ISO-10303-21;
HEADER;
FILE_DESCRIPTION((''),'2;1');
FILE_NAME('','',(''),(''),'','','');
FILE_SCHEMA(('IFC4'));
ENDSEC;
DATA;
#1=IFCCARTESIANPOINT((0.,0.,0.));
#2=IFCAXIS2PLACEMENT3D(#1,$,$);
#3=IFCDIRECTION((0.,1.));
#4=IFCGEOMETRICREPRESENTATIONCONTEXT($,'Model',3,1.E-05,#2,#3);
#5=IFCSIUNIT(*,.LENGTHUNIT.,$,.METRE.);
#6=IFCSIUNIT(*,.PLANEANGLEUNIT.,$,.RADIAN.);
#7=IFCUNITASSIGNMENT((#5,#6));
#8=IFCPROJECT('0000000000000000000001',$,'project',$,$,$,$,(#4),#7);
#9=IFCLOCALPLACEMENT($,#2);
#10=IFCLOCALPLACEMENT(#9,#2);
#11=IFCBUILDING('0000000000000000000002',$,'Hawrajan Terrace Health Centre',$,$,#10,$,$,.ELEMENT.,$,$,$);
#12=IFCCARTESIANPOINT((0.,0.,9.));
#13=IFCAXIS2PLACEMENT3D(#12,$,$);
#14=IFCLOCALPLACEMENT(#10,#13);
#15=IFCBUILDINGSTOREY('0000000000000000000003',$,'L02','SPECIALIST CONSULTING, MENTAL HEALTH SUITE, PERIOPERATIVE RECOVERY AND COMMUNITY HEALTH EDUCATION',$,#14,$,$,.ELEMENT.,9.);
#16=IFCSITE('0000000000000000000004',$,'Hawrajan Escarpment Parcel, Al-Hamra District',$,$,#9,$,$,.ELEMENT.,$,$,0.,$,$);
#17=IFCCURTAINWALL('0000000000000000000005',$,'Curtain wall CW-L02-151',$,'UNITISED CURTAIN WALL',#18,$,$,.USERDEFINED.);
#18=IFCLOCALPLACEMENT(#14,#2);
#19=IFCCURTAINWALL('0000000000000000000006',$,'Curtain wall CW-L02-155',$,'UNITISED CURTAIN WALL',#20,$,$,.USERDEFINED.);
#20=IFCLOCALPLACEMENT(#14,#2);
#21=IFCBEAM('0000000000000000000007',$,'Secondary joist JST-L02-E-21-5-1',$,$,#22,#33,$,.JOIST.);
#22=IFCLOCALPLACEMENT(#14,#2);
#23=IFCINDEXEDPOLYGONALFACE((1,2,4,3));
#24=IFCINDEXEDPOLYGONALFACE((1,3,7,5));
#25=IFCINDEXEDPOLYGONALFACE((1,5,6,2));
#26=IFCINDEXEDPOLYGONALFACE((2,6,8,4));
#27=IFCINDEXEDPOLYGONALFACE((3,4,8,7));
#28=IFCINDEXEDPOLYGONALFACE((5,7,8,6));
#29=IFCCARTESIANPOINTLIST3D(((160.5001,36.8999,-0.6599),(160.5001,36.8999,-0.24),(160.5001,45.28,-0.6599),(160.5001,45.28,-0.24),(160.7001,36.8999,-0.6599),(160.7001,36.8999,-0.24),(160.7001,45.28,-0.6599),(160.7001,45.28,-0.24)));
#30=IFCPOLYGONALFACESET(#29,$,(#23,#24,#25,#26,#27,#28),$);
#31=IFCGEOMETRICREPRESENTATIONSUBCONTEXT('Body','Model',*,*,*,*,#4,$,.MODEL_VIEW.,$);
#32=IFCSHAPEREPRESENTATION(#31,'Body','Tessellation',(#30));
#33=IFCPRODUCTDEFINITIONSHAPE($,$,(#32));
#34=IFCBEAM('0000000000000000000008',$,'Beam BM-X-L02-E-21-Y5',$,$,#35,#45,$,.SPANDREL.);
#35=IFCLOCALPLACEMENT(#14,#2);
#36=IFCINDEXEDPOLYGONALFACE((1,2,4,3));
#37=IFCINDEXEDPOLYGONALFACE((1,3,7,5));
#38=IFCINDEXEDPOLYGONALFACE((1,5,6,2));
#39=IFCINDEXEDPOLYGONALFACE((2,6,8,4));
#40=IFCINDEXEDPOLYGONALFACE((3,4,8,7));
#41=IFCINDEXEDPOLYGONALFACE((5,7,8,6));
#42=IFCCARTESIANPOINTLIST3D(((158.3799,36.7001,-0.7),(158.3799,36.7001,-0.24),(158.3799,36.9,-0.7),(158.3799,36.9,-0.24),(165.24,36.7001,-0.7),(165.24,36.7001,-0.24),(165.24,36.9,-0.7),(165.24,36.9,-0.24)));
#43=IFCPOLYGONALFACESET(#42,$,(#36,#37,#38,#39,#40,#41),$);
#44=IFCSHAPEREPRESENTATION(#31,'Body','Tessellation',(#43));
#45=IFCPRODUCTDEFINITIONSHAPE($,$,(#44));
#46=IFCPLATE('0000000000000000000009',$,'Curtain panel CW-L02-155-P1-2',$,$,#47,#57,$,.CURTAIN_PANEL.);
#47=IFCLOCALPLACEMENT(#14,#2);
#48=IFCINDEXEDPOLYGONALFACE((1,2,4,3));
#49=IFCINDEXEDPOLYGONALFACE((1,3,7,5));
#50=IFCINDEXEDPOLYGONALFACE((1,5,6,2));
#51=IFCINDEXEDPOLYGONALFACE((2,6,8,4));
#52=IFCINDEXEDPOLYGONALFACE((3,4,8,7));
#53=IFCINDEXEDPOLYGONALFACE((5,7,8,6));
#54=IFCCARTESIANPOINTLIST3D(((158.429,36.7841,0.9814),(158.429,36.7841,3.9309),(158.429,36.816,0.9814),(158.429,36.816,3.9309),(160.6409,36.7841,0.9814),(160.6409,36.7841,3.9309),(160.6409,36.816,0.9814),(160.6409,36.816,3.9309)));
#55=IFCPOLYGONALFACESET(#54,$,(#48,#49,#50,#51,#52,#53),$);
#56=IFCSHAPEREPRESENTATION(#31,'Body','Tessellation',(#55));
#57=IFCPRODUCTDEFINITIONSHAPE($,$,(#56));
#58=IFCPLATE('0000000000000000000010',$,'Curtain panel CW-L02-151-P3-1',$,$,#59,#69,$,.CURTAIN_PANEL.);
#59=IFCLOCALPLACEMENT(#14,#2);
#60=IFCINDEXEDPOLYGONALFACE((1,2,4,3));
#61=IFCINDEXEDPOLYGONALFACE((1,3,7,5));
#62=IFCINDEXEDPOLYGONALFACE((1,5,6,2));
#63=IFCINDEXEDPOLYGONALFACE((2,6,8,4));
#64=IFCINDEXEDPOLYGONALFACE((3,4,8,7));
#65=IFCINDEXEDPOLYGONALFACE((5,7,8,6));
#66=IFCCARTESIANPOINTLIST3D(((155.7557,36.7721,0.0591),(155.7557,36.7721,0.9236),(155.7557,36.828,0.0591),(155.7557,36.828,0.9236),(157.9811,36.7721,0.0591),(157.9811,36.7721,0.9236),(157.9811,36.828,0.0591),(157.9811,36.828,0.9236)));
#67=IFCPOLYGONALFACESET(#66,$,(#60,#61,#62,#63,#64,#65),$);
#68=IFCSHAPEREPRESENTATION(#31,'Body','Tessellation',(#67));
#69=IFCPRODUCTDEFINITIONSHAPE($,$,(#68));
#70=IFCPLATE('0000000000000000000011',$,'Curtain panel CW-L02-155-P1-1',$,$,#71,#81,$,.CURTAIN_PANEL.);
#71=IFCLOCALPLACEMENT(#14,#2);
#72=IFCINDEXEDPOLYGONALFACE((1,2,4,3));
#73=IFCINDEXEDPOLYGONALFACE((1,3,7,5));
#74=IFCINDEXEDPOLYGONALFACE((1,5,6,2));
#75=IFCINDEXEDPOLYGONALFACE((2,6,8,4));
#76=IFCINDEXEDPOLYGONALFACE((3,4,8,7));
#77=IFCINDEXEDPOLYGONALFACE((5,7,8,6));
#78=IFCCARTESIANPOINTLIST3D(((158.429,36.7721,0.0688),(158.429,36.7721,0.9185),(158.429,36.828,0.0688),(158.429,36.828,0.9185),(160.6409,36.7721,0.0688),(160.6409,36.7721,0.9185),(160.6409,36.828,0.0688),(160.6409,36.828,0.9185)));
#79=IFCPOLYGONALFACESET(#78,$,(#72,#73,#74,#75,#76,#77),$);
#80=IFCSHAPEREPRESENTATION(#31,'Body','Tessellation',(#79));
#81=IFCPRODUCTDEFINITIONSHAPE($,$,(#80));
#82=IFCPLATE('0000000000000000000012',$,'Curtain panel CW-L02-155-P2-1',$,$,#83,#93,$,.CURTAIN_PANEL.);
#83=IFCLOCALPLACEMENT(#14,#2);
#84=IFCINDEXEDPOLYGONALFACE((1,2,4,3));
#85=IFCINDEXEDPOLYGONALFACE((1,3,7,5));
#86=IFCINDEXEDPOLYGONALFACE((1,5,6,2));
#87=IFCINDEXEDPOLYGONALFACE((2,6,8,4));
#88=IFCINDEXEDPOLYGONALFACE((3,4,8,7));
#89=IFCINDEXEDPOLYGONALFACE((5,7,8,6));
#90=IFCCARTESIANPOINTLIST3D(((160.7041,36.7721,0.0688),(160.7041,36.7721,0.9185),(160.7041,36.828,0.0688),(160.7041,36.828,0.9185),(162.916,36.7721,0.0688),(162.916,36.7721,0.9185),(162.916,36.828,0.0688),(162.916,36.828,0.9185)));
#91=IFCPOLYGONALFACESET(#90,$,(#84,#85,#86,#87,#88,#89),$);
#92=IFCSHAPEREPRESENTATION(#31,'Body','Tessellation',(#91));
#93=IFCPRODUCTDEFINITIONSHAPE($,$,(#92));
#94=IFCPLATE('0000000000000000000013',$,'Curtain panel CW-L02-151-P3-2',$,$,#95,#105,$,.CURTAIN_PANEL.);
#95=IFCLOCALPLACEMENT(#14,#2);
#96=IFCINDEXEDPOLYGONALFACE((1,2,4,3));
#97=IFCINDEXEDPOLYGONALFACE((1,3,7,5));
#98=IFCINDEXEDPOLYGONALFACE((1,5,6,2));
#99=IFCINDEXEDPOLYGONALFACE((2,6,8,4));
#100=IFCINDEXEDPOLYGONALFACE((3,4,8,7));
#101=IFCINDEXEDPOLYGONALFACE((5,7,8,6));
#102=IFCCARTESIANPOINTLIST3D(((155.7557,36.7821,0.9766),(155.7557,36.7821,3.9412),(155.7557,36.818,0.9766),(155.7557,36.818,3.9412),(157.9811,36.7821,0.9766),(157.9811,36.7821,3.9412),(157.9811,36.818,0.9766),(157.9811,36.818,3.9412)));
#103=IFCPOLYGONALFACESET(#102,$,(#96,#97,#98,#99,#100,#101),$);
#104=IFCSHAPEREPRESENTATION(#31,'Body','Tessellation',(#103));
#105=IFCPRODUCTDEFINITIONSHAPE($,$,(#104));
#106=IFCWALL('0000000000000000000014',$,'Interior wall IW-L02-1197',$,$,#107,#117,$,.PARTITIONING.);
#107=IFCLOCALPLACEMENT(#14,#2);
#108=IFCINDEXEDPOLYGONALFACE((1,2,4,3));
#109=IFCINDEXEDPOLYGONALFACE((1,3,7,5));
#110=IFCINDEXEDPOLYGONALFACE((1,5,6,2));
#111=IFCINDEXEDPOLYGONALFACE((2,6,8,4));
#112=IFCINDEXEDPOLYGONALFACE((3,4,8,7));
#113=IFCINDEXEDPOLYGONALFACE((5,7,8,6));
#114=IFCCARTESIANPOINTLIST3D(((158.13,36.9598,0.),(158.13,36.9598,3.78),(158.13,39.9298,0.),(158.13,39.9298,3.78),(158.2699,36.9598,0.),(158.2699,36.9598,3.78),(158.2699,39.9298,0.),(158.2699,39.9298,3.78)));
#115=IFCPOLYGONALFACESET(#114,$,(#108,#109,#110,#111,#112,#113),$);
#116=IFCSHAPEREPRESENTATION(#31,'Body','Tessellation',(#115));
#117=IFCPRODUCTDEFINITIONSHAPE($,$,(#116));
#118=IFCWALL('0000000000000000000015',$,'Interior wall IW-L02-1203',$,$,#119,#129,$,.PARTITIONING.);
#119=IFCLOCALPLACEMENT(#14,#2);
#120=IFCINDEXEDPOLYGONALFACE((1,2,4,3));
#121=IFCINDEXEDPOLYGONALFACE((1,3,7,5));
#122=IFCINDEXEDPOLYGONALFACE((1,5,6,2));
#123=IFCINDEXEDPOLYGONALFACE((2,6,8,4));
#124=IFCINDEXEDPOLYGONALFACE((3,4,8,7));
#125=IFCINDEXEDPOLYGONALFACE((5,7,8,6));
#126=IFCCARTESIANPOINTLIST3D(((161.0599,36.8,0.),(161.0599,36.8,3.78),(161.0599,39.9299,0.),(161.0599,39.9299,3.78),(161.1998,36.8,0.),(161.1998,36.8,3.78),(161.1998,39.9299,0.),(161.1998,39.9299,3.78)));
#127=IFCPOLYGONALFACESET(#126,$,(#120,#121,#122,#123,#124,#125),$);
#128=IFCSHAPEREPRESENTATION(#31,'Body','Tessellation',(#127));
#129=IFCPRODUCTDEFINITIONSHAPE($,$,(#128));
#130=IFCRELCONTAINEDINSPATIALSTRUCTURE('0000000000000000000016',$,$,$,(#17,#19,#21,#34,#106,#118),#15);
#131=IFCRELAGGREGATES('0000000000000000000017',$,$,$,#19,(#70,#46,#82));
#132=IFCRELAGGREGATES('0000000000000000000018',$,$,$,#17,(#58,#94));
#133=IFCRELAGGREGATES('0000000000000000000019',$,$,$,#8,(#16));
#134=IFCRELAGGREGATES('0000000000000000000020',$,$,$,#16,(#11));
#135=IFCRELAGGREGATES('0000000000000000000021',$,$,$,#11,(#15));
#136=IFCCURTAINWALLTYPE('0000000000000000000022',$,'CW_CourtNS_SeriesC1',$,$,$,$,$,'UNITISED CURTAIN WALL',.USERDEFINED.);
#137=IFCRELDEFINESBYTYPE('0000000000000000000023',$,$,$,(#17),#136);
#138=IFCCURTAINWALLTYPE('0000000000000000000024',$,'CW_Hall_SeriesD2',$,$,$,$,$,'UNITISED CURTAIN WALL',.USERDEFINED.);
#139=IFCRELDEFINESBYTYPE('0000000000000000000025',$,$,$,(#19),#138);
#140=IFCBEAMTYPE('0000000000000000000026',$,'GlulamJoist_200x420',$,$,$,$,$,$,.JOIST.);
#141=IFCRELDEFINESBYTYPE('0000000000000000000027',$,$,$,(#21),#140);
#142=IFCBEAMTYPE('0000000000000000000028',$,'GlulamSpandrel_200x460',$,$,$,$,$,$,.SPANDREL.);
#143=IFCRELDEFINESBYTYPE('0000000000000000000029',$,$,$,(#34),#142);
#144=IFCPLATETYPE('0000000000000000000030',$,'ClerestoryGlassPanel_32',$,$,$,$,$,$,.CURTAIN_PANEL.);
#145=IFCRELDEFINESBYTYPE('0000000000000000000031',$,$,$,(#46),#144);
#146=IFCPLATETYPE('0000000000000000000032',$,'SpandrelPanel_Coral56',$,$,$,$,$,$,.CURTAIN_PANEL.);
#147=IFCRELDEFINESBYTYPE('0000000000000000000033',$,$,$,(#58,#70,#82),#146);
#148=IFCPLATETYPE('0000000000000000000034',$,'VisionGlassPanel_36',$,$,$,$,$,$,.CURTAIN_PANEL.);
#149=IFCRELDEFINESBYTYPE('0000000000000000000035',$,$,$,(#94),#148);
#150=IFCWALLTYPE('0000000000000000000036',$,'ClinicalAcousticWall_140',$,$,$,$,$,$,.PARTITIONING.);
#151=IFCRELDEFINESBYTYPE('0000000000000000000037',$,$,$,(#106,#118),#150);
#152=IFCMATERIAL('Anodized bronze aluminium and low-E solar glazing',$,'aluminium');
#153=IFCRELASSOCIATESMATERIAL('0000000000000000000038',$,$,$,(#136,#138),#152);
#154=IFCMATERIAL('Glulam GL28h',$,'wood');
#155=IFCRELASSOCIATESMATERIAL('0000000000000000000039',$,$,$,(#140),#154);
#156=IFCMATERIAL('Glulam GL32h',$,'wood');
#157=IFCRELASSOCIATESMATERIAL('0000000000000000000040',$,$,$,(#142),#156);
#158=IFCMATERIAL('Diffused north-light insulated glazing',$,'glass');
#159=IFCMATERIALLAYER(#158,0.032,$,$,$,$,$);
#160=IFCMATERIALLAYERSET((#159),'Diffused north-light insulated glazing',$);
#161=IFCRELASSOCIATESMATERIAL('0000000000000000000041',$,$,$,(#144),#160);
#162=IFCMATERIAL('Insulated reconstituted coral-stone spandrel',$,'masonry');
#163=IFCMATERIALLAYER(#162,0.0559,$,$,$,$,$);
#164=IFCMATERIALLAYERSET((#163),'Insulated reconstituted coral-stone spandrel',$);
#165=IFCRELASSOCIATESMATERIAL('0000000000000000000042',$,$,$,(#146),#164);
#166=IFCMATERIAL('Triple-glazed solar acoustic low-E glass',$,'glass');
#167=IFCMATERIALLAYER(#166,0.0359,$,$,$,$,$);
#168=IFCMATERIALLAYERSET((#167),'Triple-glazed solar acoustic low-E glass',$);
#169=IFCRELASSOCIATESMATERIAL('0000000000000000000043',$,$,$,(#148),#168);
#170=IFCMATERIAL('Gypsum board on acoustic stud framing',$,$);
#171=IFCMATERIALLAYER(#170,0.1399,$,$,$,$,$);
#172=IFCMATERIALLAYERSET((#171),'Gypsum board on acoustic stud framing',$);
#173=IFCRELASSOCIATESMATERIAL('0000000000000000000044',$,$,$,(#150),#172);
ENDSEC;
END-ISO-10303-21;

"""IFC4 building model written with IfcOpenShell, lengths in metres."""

from ifc_helpers import new_model, si_unit, direction, frame, frame_2d, origin, origin_2d, place, context, subcontext, project, spatial, rectangle, extrude, material, layer, layer_set, material_profile, profile_set, type_object, element, aggregate, save


model = new_model("IFC4")

# Units and contexts
model_context = context("Model", 3, precision=1e-05, world=origin(), true_north=direction((0.0, 1.0)))
body_context = subcontext(model_context, "Body", "Model", "MODEL_VIEW")
ifc_project = project(units=[si_unit("LENGTHUNIT", "METRE"), si_unit("PLANEANGLEUNIT", "RADIAN")], contexts=[model_context])

# Site, building, storey
site_placement = place(None, origin())
site = spatial("IfcSite", under=ifc_project, at=site_placement, Name="Hawrajan Escarpment Parcel, Al-Hamra District", CompositionType="ELEMENT", RefElevation=0.0)
building_placement = place(site_placement, origin())
building = spatial("IfcBuilding", under=site, at=building_placement, Name="Hawrajan Terrace Health Centre", CompositionType="ELEMENT")
storey_placement = place(building_placement, frame((0.0, 0.0, 9.0)))
storey = spatial("IfcBuildingStorey", under=building, at=storey_placement, Name="L02", Description="SPECIALIST CONSULTING, MENTAL HEALTH SUITE, PERIOPERATIVE RECOVERY AND COMMUNITY HEALTH EDUCATION", CompositionType="ELEMENT", Elevation=9.0)

# Shared definitions
ifc_material_1 = material(Name="Glulam GL32h", Category="wood")

# Curtain wall
ifc_material_2 = material(Name="Anodized bronze aluminium and low-E solar glazing", Category="aluminium")
curtain_wall_type_1 = type_object("IfcCurtainWallType", Name="CW_CourtNS_SeriesC1", ElementType="UNITISED CURTAIN WALL", PredefinedType="USERDEFINED", material=ifc_material_2)
curtain_wall_1_placement = place(storey_placement, origin())
curtain_wall_1 = element("IfcCurtainWall", 1, at=curtain_wall_1_placement, inside=storey, type_object=curtain_wall_type_1, Name="Curtain wall CW-L02-151", ObjectType="UNITISED CURTAIN WALL", PredefinedType="USERDEFINED")

# Curtain wall
curtain_wall_type_2 = type_object("IfcCurtainWallType", Name="CW_Hall_SeriesD2", ElementType="UNITISED CURTAIN WALL", PredefinedType="USERDEFINED", material=ifc_material_2)
curtain_wall_2_placement = place(storey_placement, origin())
curtain_wall_2 = element("IfcCurtainWall", 2, at=curtain_wall_2_placement, inside=storey, type_object=curtain_wall_type_2, Name="Curtain wall CW-L02-155", ObjectType="UNITISED CURTAIN WALL", PredefinedType="USERDEFINED")

# Beams
ifc_material_3 = material(Name="Glulam GL28h", Category="wood")
ifc_material_profile_1 = material_profile(ifc_material_3, rectangle(XDim=0.2, YDim=0.4199, at=origin_2d()), Name="GL JST 200x420")
ifc_profile_set_1 = profile_set([ifc_material_profile_1], Name="Glulam GL28h")
beam_type_1 = type_object("IfcBeamType", Name="GlulamJoist_200x420", PredefinedType="JOIST", material=ifc_profile_set_1)
beam_1_placement = place(storey_placement, frame((160.6001, 36.8999, -0.45), z_axis=(0.0, 1.0, 0.0), x_axis=(-1.0, 0.0, 0.0)))
element("IfcBeam", 3, at=beam_1_placement, inside=storey, type_object=beam_type_1, Name="Secondary joist JST-L02-E-21-5-1", PredefinedType="JOIST", context=body_context, shape_type="SweptSolid", body=[
    extrude(rectangle(XDim=0.2, YDim=0.4199, at=origin_2d()), origin(), (0.0, 0.0, 1.0), 8.3801),
])
ifc_material_profile_2 = material_profile(ifc_material_1, rectangle(XDim=0.2, YDim=0.46, at=origin_2d()), Name="GL SP 200x460")
ifc_profile_set_2 = profile_set([ifc_material_profile_2], Name="Glulam GL32h")
beam_type_2 = type_object("IfcBeamType", Name="GlulamSpandrel_200x460", PredefinedType="SPANDREL", material=ifc_profile_set_2)
beam_2_placement = place(storey_placement, frame((158.3799, 36.8, -0.47), z_axis=(1.0, 0.0, 0.0), x_axis=(0.0, 1.0, 0.0)))
element("IfcBeam", 4, at=beam_2_placement, inside=storey, type_object=beam_type_2, Name="Beam BM-X-L02-E-21-Y5", PredefinedType="SPANDREL", context=body_context, shape_type="SweptSolid", body=[
    extrude(rectangle(XDim=0.2, YDim=0.46, at=origin_2d()), origin(), (0.0, 0.0, 1.0), 6.8601),
])

# Plates
ifc_material_4 = material(Name="Diffused north-light insulated glazing", Category="glass")
ifc_layer_1 = layer(ifc_material_4, 0.032)
ifc_layer_set_1 = layer_set([ifc_layer_1], Name="Diffused north-light insulated glazing")
plate_type_1 = type_object("IfcPlateType", Name="ClerestoryGlassPanel_32", PredefinedType="CURTAIN_PANEL", material=ifc_layer_set_1)
plate_1_placement = place(storey_placement, frame((159.5349, 36.8, 0.9814), z_axis=(0.0, 0.0, 1.0), x_axis=(1.0, 0.0, 0.0)))
plate_1 = element("IfcPlate", 5, at=plate_1_placement, type_object=plate_type_1, Name="Curtain panel CW-L02-155-P1-2", PredefinedType="CURTAIN_PANEL", context=body_context, shape_type="SweptSolid", body=[
    extrude(rectangle(XDim=2.2119, YDim=0.032, at=origin_2d()), origin(), (0.0, 0.0, 1.0), 2.9495),
])
ifc_material_5 = material(Name="Insulated reconstituted coral-stone spandrel", Category="masonry")
ifc_layer_2 = layer(ifc_material_5, 0.0559)
ifc_layer_set_2 = layer_set([ifc_layer_2], Name="Insulated reconstituted coral-stone spandrel")
plate_type_2 = type_object("IfcPlateType", Name="SpandrelPanel_Coral56", PredefinedType="CURTAIN_PANEL", material=ifc_layer_set_2)
plate_2_placement = place(storey_placement, frame((156.8684, 36.8, 0.0591), z_axis=(0.0, 0.0, 1.0), x_axis=(1.0, 0.0, 0.0)))
plate_2 = element("IfcPlate", 6, at=plate_2_placement, type_object=plate_type_2, Name="Curtain panel CW-L02-151-P3-1", PredefinedType="CURTAIN_PANEL", context=body_context, shape_type="SweptSolid", body=[
    extrude(rectangle(XDim=2.2253, YDim=0.0559, at=origin_2d()), origin(), (0.0, 0.0, 1.0), 0.8645),
])
plate_3_placement = place(storey_placement, frame((159.5349, 36.8, 0.0688), z_axis=(0.0, 0.0, 1.0), x_axis=(1.0, 0.0, 0.0)))
plate_3 = element("IfcPlate", 7, at=plate_3_placement, type_object=plate_type_2, Name="Curtain panel CW-L02-155-P1-1", PredefinedType="CURTAIN_PANEL", context=body_context, shape_type="SweptSolid", body=[
    extrude(rectangle(XDim=2.2119, YDim=0.0559, at=origin_2d()), origin(), (0.0, 0.0, 1.0), 0.8496),
])
plate_4_placement = place(storey_placement, frame((161.8101, 36.8, 0.0688), z_axis=(0.0, 0.0, 1.0), x_axis=(1.0, 0.0, 0.0)))
plate_4 = element("IfcPlate", 8, at=plate_4_placement, type_object=plate_type_2, Name="Curtain panel CW-L02-155-P2-1", PredefinedType="CURTAIN_PANEL", context=body_context, shape_type="SweptSolid", body=[
    extrude(rectangle(XDim=2.2119, YDim=0.0559, at=origin_2d()), origin(), (0.0, 0.0, 1.0), 0.8496),
])
aggregate(curtain_wall_2, [plate_3, plate_1, plate_4])
ifc_material_6 = material(Name="Triple-glazed solar acoustic low-E glass", Category="glass")
ifc_layer_3 = layer(ifc_material_6, 0.0359)
ifc_layer_set_3 = layer_set([ifc_layer_3], Name="Triple-glazed solar acoustic low-E glass")
plate_type_3 = type_object("IfcPlateType", Name="VisionGlassPanel_36", PredefinedType="CURTAIN_PANEL", material=ifc_layer_set_3)
plate_5_placement = place(storey_placement, frame((156.8684, 36.8, 0.9766), z_axis=(0.0, 0.0, 1.0), x_axis=(1.0, 0.0, 0.0)))
plate_5 = element("IfcPlate", 9, at=plate_5_placement, type_object=plate_type_3, Name="Curtain panel CW-L02-151-P3-2", PredefinedType="CURTAIN_PANEL", context=body_context, shape_type="SweptSolid", body=[
    extrude(rectangle(XDim=2.2253, YDim=0.0359, at=origin_2d()), origin(), (0.0, 0.0, 1.0), 2.9646),
])
aggregate(curtain_wall_1, [plate_2, plate_5])

# Walls
ifc_material_7 = material(Name="Gypsum board on acoustic stud framing")
ifc_layer_4 = layer(ifc_material_7, 0.1399)
ifc_layer_set_4 = layer_set([ifc_layer_4], Name="Gypsum board on acoustic stud framing")
wall_type = type_object("IfcWallType", Name="ClinicalAcousticWall_140", PredefinedType="PARTITIONING", material=ifc_layer_set_4)
wall_1_placement = place(storey_placement, frame((158.2, 36.96, 0.0), z_axis=(0.0, 0.0, 1.0), x_axis=(0.0, 1.0, 0.0)))
element("IfcWall", 10, at=wall_1_placement, inside=storey, type_object=wall_type, Name="Interior wall IW-L02-1197", PredefinedType="PARTITIONING", context=body_context, shape_type="SweptSolid", body=[
    extrude(rectangle(XDim=2.97, YDim=0.1399, at=frame_2d((1.4849, 0.0))), origin(), (0.0, 0.0, 1.0), 3.78),
])
wall_2_placement = place(storey_placement, frame((161.1299, 36.8, 0.0), z_axis=(0.0, 0.0, 1.0), x_axis=(0.0, 1.0, 0.0)))
element("IfcWall", 11, at=wall_2_placement, inside=storey, type_object=wall_type, Name="Interior wall IW-L02-1203", PredefinedType="PARTITIONING", context=body_context, shape_type="SweptSolid", body=[
    extrude(rectangle(XDim=3.1299, YDim=0.1399, at=frame_2d((1.5649, 0.0))), origin(), (0.0, 0.0, 1.0), 3.78),
])

save(model, "model.ifc")
